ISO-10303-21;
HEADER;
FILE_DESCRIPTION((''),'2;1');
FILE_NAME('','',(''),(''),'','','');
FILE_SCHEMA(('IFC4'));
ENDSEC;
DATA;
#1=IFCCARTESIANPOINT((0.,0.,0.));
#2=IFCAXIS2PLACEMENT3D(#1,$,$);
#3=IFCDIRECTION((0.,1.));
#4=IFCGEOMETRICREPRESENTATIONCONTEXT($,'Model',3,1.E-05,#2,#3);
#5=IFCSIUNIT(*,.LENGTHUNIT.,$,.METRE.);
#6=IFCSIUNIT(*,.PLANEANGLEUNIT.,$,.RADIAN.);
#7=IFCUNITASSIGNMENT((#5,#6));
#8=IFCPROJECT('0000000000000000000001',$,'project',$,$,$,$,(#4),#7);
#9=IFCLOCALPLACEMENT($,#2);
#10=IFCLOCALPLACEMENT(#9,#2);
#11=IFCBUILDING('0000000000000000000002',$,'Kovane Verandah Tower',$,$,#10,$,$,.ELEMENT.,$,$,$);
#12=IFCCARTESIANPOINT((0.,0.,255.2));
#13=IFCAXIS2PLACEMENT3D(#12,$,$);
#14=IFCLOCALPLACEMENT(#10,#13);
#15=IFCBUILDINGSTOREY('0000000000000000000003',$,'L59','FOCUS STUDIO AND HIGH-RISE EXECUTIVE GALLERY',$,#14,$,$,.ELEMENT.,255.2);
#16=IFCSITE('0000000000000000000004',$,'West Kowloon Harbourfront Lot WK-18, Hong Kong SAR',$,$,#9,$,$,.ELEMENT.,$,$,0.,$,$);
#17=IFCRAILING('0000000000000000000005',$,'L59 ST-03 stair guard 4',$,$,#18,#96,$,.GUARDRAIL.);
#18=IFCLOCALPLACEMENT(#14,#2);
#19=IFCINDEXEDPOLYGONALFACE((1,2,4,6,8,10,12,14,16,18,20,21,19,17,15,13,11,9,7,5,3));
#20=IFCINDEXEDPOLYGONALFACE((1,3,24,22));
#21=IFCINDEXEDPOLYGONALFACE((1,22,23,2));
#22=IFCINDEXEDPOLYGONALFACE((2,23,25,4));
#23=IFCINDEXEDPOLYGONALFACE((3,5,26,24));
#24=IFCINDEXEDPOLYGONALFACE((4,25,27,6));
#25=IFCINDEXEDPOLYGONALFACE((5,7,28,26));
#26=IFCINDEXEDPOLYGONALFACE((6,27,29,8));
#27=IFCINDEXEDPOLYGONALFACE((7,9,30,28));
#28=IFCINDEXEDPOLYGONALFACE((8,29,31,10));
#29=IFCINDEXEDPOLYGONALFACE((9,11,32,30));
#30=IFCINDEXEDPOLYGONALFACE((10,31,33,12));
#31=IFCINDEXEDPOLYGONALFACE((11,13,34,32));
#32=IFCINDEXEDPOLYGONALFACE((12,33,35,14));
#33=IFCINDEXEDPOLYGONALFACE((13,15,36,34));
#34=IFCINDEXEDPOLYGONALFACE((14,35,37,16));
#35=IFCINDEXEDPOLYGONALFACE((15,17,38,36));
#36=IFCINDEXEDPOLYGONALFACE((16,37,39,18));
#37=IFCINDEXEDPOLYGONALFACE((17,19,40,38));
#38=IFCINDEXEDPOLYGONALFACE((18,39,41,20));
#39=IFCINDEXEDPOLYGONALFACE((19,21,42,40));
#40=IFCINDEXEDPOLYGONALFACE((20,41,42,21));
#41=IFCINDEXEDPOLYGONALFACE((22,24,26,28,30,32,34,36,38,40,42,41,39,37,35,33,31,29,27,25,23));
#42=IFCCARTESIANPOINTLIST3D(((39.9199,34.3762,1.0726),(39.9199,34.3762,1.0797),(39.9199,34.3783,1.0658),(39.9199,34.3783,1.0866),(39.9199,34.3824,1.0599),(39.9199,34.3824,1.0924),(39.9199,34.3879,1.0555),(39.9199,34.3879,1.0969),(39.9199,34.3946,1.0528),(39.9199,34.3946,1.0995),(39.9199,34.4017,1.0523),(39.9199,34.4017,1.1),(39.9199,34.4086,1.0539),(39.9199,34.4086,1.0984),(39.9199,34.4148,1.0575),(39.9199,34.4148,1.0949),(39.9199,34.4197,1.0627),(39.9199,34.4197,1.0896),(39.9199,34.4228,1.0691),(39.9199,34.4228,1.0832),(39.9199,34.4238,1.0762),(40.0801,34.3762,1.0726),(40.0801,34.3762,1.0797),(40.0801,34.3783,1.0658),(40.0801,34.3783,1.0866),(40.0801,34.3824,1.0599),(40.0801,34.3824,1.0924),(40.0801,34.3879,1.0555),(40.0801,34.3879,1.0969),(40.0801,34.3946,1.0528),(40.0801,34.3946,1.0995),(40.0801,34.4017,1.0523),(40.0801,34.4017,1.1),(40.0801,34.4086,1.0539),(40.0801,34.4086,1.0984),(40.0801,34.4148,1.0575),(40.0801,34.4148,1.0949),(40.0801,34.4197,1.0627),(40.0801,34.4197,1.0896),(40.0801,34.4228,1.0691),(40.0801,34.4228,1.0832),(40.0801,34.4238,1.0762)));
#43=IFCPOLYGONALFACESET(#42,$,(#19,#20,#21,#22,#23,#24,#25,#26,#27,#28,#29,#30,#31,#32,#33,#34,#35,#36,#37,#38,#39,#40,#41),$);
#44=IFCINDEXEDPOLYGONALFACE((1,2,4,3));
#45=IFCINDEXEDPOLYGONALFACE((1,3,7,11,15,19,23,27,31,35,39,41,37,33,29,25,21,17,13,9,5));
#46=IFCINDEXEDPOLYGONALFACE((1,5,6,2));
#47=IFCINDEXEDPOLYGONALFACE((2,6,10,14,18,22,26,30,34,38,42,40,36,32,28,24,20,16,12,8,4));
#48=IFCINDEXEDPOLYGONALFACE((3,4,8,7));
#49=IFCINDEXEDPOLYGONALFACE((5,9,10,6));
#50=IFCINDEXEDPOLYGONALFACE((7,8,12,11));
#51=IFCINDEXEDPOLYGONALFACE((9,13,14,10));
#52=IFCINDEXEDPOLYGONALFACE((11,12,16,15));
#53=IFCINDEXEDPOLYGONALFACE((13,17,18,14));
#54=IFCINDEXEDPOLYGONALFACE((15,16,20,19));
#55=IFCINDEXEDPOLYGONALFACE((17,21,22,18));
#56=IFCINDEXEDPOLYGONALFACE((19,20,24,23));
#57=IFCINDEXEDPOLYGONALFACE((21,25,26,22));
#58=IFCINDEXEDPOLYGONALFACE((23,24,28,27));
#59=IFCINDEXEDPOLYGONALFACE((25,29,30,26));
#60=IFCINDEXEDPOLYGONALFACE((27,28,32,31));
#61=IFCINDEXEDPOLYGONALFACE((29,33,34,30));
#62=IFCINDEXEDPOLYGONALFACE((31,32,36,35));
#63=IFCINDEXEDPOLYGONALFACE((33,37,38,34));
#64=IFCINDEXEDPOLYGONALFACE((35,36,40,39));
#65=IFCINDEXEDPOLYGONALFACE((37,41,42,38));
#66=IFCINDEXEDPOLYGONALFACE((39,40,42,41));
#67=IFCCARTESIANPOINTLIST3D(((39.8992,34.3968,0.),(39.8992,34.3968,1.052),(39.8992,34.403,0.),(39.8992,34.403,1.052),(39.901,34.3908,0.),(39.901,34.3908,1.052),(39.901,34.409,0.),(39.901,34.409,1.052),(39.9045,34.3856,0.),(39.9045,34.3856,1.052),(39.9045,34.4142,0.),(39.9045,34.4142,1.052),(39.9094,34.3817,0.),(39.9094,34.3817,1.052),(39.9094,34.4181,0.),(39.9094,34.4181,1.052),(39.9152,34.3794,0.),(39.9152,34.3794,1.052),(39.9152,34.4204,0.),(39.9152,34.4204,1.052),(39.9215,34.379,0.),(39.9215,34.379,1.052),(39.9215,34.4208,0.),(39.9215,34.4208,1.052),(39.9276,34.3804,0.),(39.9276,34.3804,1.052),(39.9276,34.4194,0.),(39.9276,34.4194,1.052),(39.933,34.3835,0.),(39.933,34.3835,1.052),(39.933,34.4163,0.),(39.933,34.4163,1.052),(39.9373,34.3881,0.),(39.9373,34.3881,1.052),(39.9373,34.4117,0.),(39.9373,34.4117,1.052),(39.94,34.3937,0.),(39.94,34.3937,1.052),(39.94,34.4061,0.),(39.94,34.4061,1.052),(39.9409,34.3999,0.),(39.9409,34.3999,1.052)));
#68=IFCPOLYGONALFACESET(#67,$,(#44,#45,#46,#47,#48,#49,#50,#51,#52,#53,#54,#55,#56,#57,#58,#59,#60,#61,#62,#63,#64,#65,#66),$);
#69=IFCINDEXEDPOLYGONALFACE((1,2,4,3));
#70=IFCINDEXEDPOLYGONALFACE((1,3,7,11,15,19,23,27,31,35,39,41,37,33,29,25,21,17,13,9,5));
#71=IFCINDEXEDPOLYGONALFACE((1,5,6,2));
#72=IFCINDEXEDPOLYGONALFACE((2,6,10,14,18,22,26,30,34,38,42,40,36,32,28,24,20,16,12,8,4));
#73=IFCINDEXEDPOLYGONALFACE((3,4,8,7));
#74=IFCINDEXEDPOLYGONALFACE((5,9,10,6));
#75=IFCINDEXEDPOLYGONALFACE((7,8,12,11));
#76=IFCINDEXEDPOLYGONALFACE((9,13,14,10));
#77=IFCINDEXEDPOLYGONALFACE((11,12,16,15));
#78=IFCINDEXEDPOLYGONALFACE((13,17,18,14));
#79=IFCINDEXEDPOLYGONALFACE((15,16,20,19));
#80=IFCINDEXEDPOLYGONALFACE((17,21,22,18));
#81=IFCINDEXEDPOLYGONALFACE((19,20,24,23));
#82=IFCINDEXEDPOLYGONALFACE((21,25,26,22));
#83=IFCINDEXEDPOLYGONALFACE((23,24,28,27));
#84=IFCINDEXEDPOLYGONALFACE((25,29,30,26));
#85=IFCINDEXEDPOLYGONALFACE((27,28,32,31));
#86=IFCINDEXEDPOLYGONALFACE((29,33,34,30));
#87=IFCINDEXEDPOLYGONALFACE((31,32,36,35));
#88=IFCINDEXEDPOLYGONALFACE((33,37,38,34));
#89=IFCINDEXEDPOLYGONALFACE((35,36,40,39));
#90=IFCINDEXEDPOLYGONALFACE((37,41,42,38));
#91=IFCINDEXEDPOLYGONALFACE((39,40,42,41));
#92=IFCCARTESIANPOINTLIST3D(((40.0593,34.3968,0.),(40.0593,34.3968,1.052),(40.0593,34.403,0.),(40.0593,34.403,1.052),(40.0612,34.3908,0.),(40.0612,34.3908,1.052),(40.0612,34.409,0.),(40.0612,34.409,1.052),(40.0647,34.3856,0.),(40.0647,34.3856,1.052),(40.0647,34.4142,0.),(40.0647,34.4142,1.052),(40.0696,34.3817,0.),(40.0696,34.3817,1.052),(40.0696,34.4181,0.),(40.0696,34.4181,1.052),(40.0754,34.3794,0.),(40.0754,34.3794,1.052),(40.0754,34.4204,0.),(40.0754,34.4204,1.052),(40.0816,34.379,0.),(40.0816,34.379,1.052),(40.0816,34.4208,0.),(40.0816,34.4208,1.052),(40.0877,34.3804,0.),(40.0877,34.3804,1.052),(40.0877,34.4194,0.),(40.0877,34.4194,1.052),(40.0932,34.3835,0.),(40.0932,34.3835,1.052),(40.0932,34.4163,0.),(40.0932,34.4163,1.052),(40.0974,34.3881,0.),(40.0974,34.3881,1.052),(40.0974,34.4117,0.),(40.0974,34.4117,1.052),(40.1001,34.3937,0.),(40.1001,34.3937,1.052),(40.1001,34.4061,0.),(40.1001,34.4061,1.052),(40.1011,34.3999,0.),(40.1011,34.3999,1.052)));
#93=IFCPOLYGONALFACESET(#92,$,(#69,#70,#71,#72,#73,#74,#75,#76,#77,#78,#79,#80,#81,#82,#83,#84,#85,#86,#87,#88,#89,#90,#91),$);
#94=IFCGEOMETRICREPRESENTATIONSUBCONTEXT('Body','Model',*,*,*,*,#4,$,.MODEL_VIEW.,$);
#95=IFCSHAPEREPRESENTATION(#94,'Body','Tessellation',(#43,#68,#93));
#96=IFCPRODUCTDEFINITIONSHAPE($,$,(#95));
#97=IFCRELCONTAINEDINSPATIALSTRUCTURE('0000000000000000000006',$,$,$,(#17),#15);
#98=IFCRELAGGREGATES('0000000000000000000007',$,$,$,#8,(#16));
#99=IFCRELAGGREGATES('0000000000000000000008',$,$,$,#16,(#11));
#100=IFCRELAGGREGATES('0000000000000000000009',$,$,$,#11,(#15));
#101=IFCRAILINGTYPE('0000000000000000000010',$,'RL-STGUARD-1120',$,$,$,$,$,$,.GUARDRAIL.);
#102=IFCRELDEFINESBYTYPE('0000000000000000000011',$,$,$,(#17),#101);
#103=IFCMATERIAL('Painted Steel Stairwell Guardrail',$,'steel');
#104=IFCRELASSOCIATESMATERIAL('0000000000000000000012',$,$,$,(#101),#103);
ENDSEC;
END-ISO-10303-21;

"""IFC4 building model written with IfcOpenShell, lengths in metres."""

from ifc_helpers import new_model, si_unit, direction, frame, origin, origin_2d, place, context, subcontext, project, spatial, circle, extrude, material, type_object, element, save


model = new_model("IFC4")

# Units and contexts
model_context = context("Model", 3, precision=1e-05, world=origin(), true_north=direction((0.0, 1.0)))
body_context = subcontext(model_context, "Body", "Model", "MODEL_VIEW")
ifc_project = project(units=[si_unit("LENGTHUNIT", "METRE"), si_unit("PLANEANGLEUNIT", "RADIAN")], contexts=[model_context])

# Site, building, storey
site_placement = place(None, origin())
site = spatial("IfcSite", under=ifc_project, at=site_placement, Name="West Kowloon Harbourfront Lot WK-18, Hong Kong SAR", CompositionType="ELEMENT", RefElevation=0.0)
building_placement = place(site_placement, origin())
building = spatial("IfcBuilding", under=site, at=building_placement, Name="Kovane Verandah Tower", CompositionType="ELEMENT")
storey_placement = place(building_placement, frame((0.0, 0.0, 255.2)))
storey = spatial("IfcBuildingStorey", under=building, at=storey_placement, Name="L59", Description="FOCUS STUDIO AND HIGH-RISE EXECUTIVE GALLERY", CompositionType="ELEMENT", Elevation=255.2)

# Railing
ifc_material_1 = material(Name="Painted Steel Stairwell Guardrail", Category="steel")
railing_type_1 = type_object("IfcRailingType", Name="RL-STGUARD-1120", PredefinedType="GUARDRAIL", material=ifc_material_1)
railing_1_placement = place(storey_placement, frame((39.9199, 34.3999, 0.0)))
element("IfcRailing", 1, at=railing_1_placement, inside=storey, type_object=railing_type_1, Name="L59 ST-03 stair guard 4", PredefinedType="GUARDRAIL", context=body_context, shape_type="SweptSolid", body=[
    extrude(circle(Radius=0.0239, at=origin_2d()), frame((0.0, 0.0, 1.0762), z_axis=(1.0, 0.0, 0.0), x_axis=(0.0, 1.0, 0.0)), (0.0, 0.0, 1.0), 0.1602),
    extrude(circle(Radius=0.021, at=origin_2d()), origin(), (0.0, 0.0, 1.0), 1.052),
    extrude(circle(Radius=0.021, at=origin_2d()), frame((0.1602, 0.0, 0.0)), (0.0, 0.0, 1.0), 1.052),
])

save(model, "model.ifc")
